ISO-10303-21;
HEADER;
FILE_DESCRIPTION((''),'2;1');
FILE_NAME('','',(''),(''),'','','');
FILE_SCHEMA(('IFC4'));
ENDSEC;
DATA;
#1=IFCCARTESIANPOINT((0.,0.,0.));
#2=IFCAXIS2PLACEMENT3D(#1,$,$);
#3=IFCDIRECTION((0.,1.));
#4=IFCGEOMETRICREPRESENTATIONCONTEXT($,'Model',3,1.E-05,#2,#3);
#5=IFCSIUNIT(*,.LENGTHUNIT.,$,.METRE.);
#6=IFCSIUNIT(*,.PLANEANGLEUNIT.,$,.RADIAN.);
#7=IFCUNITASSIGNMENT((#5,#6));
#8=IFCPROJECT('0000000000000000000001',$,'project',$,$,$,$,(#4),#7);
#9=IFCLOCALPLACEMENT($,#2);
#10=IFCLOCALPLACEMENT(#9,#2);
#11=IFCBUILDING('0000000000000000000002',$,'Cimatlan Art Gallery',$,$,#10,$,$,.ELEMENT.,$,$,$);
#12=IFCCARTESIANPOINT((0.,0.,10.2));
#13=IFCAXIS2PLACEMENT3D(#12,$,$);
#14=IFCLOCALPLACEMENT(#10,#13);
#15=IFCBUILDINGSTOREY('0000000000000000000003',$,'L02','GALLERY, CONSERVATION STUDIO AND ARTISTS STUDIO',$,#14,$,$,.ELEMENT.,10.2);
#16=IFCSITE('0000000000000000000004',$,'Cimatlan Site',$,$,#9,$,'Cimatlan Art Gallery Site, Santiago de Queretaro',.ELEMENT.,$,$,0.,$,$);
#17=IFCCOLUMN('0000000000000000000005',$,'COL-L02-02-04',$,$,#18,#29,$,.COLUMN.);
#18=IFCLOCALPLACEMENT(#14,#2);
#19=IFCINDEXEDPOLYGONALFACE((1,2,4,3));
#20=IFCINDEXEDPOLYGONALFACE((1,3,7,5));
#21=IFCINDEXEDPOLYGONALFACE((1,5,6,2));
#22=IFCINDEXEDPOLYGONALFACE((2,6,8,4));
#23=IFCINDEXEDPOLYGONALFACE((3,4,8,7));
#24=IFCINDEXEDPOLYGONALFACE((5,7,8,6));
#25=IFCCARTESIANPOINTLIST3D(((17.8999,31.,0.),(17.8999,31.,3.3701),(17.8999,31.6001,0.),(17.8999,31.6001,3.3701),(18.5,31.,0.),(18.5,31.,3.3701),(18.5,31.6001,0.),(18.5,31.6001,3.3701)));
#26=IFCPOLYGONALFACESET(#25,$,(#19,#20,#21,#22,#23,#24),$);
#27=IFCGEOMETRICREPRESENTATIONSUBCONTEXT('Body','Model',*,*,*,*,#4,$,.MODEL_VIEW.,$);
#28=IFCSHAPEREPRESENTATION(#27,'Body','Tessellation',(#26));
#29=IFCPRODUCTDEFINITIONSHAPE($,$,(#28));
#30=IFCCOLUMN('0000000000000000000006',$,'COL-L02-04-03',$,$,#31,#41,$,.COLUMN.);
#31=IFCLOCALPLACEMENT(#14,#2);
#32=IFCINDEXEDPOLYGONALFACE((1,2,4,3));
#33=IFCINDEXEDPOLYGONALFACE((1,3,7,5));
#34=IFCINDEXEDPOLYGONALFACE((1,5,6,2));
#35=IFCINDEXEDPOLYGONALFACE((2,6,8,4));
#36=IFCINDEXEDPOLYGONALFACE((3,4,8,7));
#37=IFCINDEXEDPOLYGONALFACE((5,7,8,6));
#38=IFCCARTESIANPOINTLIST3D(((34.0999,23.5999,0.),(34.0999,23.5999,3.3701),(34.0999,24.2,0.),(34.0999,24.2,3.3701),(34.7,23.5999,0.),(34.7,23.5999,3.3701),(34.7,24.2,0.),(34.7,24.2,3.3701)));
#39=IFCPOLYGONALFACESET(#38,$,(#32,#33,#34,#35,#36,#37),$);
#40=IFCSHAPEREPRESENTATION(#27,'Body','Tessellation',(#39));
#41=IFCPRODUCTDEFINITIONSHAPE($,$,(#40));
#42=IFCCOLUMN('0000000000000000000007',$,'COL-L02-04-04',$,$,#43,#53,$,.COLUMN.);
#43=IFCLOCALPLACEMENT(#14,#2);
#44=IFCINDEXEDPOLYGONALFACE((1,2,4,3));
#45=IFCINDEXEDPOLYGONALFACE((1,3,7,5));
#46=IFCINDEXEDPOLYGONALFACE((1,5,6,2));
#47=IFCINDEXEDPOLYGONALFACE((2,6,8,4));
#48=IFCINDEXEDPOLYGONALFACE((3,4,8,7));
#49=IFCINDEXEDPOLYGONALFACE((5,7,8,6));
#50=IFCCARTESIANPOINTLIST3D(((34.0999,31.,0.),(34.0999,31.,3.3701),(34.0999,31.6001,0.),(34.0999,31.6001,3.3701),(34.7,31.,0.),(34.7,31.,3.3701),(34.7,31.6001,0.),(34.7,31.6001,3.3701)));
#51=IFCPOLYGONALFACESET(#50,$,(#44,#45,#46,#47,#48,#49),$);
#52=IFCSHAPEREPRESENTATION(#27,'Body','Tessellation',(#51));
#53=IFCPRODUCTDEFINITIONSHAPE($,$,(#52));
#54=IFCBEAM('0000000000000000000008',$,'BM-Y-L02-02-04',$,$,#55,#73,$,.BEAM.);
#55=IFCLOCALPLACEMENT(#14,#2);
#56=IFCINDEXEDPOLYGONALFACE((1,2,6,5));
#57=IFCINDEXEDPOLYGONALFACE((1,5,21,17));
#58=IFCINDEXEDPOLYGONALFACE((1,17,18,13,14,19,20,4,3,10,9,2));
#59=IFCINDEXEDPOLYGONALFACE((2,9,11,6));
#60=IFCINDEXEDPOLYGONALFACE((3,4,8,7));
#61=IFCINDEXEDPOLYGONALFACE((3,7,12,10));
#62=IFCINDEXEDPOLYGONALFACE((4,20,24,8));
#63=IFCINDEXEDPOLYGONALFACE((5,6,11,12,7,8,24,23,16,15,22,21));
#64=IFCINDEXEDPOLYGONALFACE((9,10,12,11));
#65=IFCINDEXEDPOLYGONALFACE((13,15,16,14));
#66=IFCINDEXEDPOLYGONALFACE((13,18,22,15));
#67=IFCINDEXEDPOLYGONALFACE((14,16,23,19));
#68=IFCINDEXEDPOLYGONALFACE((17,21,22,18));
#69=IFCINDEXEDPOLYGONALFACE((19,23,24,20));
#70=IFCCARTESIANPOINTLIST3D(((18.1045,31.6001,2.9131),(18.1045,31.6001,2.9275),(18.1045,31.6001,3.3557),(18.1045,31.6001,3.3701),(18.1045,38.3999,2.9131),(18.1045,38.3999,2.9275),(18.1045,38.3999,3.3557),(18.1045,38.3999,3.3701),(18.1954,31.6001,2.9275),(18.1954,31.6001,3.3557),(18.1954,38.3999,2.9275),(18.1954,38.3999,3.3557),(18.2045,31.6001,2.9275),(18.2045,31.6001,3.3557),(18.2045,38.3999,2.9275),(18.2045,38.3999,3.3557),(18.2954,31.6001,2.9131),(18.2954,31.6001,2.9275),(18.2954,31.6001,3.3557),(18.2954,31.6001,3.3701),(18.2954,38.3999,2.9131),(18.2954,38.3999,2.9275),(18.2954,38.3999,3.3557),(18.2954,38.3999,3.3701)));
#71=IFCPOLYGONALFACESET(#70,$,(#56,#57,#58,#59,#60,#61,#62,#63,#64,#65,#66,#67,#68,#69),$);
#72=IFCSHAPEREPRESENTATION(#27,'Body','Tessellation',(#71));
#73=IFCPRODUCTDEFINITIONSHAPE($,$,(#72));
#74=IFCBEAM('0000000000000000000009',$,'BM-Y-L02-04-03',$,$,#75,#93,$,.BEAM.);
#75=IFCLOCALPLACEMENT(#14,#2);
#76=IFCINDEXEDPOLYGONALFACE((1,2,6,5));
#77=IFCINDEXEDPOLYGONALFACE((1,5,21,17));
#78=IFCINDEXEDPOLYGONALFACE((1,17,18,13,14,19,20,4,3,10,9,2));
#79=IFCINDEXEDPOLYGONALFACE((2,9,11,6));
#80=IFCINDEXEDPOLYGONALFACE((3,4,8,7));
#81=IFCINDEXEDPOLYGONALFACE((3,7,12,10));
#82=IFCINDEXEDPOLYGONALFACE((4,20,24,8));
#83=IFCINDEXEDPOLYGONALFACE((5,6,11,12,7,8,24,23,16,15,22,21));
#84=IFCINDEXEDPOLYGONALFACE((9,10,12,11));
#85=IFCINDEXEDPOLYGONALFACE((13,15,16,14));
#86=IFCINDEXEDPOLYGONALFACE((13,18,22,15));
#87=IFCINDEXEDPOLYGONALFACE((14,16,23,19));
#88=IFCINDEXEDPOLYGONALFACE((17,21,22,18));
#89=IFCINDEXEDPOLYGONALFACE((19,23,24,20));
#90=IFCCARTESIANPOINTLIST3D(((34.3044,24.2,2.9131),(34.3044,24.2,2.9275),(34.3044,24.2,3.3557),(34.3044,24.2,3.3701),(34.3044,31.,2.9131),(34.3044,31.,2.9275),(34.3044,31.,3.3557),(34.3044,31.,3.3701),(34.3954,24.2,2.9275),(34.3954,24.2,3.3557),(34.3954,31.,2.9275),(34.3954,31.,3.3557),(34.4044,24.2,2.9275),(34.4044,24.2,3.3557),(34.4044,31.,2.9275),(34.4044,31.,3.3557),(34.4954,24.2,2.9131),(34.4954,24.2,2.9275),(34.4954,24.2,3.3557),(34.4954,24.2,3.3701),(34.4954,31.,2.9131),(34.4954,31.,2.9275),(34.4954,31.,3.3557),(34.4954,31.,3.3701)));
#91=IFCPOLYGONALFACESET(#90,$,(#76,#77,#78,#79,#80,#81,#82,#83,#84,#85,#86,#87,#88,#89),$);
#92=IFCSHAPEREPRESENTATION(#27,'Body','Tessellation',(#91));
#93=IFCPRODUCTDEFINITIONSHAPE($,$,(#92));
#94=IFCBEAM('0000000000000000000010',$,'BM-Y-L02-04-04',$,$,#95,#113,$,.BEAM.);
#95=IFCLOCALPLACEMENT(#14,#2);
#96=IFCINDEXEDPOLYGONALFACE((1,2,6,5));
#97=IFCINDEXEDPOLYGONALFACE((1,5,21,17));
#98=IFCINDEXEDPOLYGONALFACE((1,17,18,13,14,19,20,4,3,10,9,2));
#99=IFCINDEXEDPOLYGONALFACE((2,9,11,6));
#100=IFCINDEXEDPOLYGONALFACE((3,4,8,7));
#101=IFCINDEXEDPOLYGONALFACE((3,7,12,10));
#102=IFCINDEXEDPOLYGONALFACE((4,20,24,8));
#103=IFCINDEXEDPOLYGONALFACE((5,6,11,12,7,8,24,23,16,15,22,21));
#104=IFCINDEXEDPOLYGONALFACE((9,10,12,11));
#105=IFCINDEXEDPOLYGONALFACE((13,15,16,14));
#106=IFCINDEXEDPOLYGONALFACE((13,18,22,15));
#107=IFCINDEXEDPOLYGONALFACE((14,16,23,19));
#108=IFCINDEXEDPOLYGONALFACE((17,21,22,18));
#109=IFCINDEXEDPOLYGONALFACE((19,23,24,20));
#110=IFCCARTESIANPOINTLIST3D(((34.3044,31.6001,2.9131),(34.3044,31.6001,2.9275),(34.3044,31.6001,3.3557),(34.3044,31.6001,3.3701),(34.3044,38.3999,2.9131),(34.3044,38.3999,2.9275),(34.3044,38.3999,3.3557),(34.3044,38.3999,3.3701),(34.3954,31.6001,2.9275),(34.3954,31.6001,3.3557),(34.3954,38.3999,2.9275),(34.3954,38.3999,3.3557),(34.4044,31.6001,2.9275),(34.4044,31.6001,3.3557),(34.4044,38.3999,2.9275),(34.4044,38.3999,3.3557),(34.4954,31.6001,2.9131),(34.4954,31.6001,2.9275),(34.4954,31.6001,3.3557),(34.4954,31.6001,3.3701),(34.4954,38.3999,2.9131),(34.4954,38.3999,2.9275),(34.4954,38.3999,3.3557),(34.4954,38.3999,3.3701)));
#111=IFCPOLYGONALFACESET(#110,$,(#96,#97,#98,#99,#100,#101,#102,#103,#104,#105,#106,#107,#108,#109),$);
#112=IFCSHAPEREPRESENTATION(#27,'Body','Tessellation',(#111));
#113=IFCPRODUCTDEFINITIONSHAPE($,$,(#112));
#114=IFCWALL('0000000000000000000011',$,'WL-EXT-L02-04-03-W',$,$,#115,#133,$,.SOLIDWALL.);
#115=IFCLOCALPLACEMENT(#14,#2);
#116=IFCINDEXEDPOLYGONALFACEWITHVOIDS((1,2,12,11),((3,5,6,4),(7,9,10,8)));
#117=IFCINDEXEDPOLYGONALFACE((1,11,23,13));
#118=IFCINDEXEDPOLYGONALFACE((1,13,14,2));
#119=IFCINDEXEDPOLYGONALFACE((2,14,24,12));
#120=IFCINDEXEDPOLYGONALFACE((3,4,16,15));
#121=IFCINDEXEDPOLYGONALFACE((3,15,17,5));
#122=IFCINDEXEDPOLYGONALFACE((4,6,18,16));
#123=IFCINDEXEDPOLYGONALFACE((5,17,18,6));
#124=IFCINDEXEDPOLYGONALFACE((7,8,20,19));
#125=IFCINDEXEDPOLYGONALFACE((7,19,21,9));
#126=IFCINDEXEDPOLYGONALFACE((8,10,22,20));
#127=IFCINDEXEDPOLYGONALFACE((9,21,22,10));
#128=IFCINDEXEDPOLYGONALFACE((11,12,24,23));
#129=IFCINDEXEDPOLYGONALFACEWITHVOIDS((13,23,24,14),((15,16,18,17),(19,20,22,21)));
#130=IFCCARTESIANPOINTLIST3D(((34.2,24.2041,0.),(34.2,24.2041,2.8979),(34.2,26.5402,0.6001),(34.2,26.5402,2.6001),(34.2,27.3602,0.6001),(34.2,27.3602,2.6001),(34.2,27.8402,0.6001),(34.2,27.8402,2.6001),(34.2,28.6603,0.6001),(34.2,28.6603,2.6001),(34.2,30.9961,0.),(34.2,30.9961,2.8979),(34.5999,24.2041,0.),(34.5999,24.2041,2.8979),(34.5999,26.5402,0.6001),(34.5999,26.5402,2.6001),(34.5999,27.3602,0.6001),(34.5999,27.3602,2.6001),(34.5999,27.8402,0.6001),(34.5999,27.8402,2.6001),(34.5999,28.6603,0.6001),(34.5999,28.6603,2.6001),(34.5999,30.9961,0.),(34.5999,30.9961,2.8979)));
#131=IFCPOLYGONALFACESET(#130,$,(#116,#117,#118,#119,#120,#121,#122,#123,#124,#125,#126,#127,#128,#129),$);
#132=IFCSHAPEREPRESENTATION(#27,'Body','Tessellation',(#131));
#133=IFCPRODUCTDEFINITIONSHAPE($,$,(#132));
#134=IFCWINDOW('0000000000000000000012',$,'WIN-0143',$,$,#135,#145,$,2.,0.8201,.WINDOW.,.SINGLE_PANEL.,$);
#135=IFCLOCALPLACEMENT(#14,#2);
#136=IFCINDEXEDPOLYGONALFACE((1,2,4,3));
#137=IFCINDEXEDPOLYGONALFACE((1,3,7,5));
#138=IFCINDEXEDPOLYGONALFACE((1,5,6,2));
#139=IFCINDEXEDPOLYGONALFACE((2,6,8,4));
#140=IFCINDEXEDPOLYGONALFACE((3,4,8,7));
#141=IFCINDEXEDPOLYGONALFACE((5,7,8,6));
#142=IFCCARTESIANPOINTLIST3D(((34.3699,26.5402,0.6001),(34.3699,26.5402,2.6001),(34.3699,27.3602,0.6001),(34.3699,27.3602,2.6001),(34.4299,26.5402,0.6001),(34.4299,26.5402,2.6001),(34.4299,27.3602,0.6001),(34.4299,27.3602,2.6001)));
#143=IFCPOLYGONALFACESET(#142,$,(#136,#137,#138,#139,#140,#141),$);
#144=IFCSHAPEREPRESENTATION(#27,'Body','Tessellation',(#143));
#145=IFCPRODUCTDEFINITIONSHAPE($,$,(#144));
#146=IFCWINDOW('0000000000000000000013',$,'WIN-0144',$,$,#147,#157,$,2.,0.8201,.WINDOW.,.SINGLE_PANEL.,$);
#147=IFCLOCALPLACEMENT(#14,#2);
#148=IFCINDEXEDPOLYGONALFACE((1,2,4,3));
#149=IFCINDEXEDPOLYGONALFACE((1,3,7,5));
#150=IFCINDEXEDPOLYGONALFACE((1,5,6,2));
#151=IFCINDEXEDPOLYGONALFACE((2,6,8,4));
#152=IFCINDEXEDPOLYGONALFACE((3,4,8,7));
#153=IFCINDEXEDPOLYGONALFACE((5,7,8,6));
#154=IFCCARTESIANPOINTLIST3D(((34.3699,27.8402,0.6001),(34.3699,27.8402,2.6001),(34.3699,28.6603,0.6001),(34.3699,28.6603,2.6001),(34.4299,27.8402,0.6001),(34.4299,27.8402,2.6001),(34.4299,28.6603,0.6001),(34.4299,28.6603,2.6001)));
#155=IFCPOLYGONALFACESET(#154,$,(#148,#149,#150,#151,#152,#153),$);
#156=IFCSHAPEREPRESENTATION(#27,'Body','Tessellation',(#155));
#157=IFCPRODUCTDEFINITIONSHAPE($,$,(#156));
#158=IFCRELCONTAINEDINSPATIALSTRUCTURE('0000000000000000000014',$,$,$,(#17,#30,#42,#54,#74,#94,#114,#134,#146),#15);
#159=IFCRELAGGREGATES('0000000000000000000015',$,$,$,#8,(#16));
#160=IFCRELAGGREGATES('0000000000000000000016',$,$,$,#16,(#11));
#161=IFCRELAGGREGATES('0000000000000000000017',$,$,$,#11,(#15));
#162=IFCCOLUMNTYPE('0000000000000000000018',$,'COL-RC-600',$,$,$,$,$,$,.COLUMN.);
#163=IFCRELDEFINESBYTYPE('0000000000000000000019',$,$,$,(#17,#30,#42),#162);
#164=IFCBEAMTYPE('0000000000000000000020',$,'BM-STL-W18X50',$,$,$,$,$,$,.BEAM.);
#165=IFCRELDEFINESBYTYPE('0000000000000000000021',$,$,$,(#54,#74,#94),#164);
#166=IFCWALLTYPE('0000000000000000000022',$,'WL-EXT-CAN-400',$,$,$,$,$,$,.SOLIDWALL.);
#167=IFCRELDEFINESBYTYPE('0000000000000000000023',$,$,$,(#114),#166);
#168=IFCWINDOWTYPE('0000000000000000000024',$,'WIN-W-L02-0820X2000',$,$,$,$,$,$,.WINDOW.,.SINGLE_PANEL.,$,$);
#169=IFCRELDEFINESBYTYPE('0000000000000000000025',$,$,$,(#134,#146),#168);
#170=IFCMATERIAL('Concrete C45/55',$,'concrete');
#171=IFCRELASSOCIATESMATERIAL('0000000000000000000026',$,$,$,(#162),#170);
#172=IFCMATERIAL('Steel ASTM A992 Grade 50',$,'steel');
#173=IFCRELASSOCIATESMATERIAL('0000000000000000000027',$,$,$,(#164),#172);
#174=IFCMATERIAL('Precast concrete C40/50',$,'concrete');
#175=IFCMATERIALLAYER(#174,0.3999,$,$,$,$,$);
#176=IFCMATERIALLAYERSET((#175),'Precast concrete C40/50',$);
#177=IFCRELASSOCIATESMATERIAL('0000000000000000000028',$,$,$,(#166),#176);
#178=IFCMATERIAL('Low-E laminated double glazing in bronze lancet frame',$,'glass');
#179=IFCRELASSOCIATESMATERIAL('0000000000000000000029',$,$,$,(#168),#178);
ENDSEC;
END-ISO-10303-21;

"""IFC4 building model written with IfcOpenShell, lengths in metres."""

from ifc_helpers import new_model, si_unit, direction, frame, frame_2d, origin, origin_2d, place, context, subcontext, project, spatial, rectangle, i_section, extrude, material, layer, layer_set, material_profile, profile_set, type_object, element, fill, save


model = new_model("IFC4")

# Units and contexts
model_context = context("Model", 3, precision=1e-05, world=origin(), true_north=direction((0.0, 1.0)))
body_context = subcontext(model_context, "Body", "Model", "MODEL_VIEW")
ifc_project = project(units=[si_unit("LENGTHUNIT", "METRE"), si_unit("PLANEANGLEUNIT", "RADIAN")], contexts=[model_context])

# Site, building, storey
site_placement = place(None, origin())
site = spatial("IfcSite", under=ifc_project, at=site_placement, Name="Cimatlan Site", LongName="Cimatlan Art Gallery Site, Santiago de Queretaro", CompositionType="ELEMENT", RefElevation=0.0)
building_placement = place(site_placement, origin())
building = spatial("IfcBuilding", under=site, at=building_placement, Name="Cimatlan Art Gallery", CompositionType="ELEMENT")
storey_placement = place(building_placement, frame((0.0, 0.0, 10.2)))
storey = spatial("IfcBuildingStorey", under=building, at=storey_placement, Name="L02", Description="GALLERY, CONSERVATION STUDIO AND ARTISTS STUDIO", CompositionType="ELEMENT", Elevation=10.2)

# Columns
ifc_material_1 = material(Name="Concrete C45/55", Category="concrete")
ifc_material_profile_1 = material_profile(ifc_material_1, rectangle(XDim=0.6001, YDim=0.6001, at=origin_2d()), Name="RC600X600")
ifc_profile_set_1 = profile_set([ifc_material_profile_1], Name="Concrete C45/55")
column_type = type_object("IfcColumnType", Name="COL-RC-600", PredefinedType="COLUMN", material=ifc_profile_set_1)
for number, where, z_axis, x_axis, name in (
    (1, (18.2, 31.3, 0.0), (0.0, 0.0, 1.0), (1.0, 0.0, 0.0), "COL-L02-02-04"),
    (2, (34.3999, 23.8999, 0.0), (0.0, 0.0, 1.0), (1.0, 0.0, 0.0), "COL-L02-04-03"),
    (3, (34.3999, 31.3, 0.0), (0.0, 0.0, 1.0), (1.0, 0.0, 0.0), "COL-L02-04-04"),
):
    element("IfcColumn", number, at=place(storey_placement, frame(where, z_axis=z_axis, x_axis=x_axis)), inside=storey, type_object=column_type, Name=name, PredefinedType="COLUMN", context=body_context, shape_type="SweptSolid", body=[
        extrude(rectangle(XDim=0.6001, YDim=0.6001, at=origin_2d()), origin(), (0.0, 0.0, 1.0), 3.3701),
    ])

# Beams
ifc_material_2 = material(Name="Steel ASTM A992 Grade 50", Category="steel")
ifc_material_profile_2 = material_profile(ifc_material_2, i_section(OverallWidth=0.1909, OverallDepth=0.457, WebThickness=0.009, FlangeThickness=0.0144, at=origin_2d()), Name="W18X50")
ifc_profile_set_2 = profile_set([ifc_material_profile_2], Name="Steel ASTM A992 Grade 50")
beam_type = type_object("IfcBeamType", Name="BM-STL-W18X50", PredefinedType="BEAM", material=ifc_profile_set_2)
beam_1_placement = place(storey_placement, frame((18.2, 31.6001, 3.1416), z_axis=(0.0, 1.0, 0.0), x_axis=(-1.0, 0.0, 0.0)))
element("IfcBeam", 4, at=beam_1_placement, inside=storey, type_object=beam_type, Name="BM-Y-L02-02-04", PredefinedType="BEAM", context=body_context, shape_type="SweptSolid", body=[
    extrude(i_section(OverallWidth=0.1909, OverallDepth=0.457, WebThickness=0.009, FlangeThickness=0.0144, at=origin_2d()), origin(), (0.0, 0.0, 1.0), 6.7998),
])
beam_2_placement = place(storey_placement, frame((34.3999, 24.2, 3.1416), z_axis=(0.0, 1.0, 0.0), x_axis=(-1.0, 0.0, 0.0)))
element("IfcBeam", 5, at=beam_2_placement, inside=storey, type_object=beam_type, Name="BM-Y-L02-04-03", PredefinedType="BEAM", context=body_context, shape_type="SweptSolid", body=[
    extrude(i_section(OverallWidth=0.1909, OverallDepth=0.457, WebThickness=0.009, FlangeThickness=0.0144, at=origin_2d()), origin(), (0.0, 0.0, 1.0), 6.8),
])
beam_3_placement = place(storey_placement, frame((34.3999, 31.6001, 3.1416), z_axis=(0.0, 1.0, 0.0), x_axis=(-1.0, 0.0, 0.0)))
element("IfcBeam", 6, at=beam_3_placement, inside=storey, type_object=beam_type, Name="BM-Y-L02-04-04", PredefinedType="BEAM", context=body_context, shape_type="SweptSolid", body=[
    extrude(i_section(OverallWidth=0.1909, OverallDepth=0.457, WebThickness=0.009, FlangeThickness=0.0144, at=origin_2d()), origin(), (0.0, 0.0, 1.0), 6.7998),
])

# Wall, openings, windows
ifc_material_3 = material(Name="Precast concrete C40/50", Category="concrete")
ifc_layer_1 = layer(ifc_material_3, 0.3999)
ifc_layer_set_1 = layer_set([ifc_layer_1], Name="Precast concrete C40/50")
wall_type = type_object("IfcWallType", Name="WL-EXT-CAN-400", PredefinedType="SOLIDWALL", material=ifc_layer_set_1)
wall_1_placement = place(storey_placement, frame((34.3999, 24.2041, 0.0), z_axis=(0.0, 0.0, 1.0), x_axis=(0.0, 1.0, 0.0)))
wall_1 = element("IfcWall", 7, at=wall_1_placement, inside=storey, type_object=wall_type, Name="WL-EXT-L02-04-03-W", PredefinedType="SOLIDWALL", context=body_context, shape_type="SweptSolid", body=[
    extrude(rectangle(XDim=6.792, YDim=0.3999, at=frame_2d((3.396, 0.0))), origin(), (0.0, 0.0, 1.0), 2.8979),
])
opening_1_placement = place(wall_1_placement, frame((2.3359, 0.0, 0.6001)))
opening_1 = element("IfcOpeningElement", 8, at=opening_1_placement, cuts=wall_1, PredefinedType="OPENING", context=body_context, shape_type="SweptSolid", body=[
    extrude(rectangle(XDim=0.8201, YDim=2.0, at=frame_2d((0.4102, 1.0))), frame((0.0, 0.21, 0.0), z_axis=(0.0, -1.0, 0.0), x_axis=(1.0, 0.0, 0.0)), (0.0, 0.0, 1.0), 0.4199),
])
opening_2_placement = place(wall_1_placement, frame((3.636, 0.0, 0.6001)))
opening_2 = element("IfcOpeningElement", 9, at=opening_2_placement, cuts=wall_1, PredefinedType="OPENING", context=body_context, shape_type="SweptSolid", body=[
    extrude(rectangle(XDim=0.8201, YDim=2.0, at=frame_2d((0.4102, 1.0))), frame((0.0, 0.21, 0.0), z_axis=(0.0, -1.0, 0.0), x_axis=(1.0, 0.0, 0.0)), (0.0, 0.0, 1.0), 0.4199),
])
ifc_material_4 = material(Name="Low-E laminated double glazing in bronze lancet frame", Category="glass")
window_type = type_object("IfcWindowType", Name="WIN-W-L02-0820X2000", PartitioningType="SINGLE_PANEL", PredefinedType="WINDOW", material=ifc_material_4)
window_1_placement = place(opening_1_placement, origin())
window_1 = element("IfcWindow", 10, at=window_1_placement, inside=storey, type_object=window_type, Name="WIN-0143", OverallHeight=2.0, OverallWidth=0.8201, PartitioningType="SINGLE_PANEL", PredefinedType="WINDOW", context=body_context, shape_type="SweptSolid", body=[
    extrude(rectangle(XDim=0.8201, YDim=2.0, at=frame_2d((0.4102, 1.0))), frame((0.0, 0.03, 0.0), z_axis=(0.0, -1.0, 0.0), x_axis=(1.0, 0.0, 0.0)), (0.0, 0.0, 1.0), 0.0601),
])
fill(opening_1, window_1)
window_2_placement = place(opening_2_placement, origin())
window_2 = element("IfcWindow", 11, at=window_2_placement, inside=storey, type_object=window_type, Name="WIN-0144", OverallHeight=2.0, OverallWidth=0.8201, PartitioningType="SINGLE_PANEL", PredefinedType="WINDOW", context=body_context, shape_type="SweptSolid", body=[
    extrude(rectangle(XDim=0.8201, YDim=2.0, at=frame_2d((0.4102, 1.0))), frame((0.0, 0.03, 0.0), z_axis=(0.0, -1.0, 0.0), x_axis=(1.0, 0.0, 0.0)), (0.0, 0.0, 1.0), 0.0601),
])
fill(opening_2, window_2)

save(model, "model.ifc")
